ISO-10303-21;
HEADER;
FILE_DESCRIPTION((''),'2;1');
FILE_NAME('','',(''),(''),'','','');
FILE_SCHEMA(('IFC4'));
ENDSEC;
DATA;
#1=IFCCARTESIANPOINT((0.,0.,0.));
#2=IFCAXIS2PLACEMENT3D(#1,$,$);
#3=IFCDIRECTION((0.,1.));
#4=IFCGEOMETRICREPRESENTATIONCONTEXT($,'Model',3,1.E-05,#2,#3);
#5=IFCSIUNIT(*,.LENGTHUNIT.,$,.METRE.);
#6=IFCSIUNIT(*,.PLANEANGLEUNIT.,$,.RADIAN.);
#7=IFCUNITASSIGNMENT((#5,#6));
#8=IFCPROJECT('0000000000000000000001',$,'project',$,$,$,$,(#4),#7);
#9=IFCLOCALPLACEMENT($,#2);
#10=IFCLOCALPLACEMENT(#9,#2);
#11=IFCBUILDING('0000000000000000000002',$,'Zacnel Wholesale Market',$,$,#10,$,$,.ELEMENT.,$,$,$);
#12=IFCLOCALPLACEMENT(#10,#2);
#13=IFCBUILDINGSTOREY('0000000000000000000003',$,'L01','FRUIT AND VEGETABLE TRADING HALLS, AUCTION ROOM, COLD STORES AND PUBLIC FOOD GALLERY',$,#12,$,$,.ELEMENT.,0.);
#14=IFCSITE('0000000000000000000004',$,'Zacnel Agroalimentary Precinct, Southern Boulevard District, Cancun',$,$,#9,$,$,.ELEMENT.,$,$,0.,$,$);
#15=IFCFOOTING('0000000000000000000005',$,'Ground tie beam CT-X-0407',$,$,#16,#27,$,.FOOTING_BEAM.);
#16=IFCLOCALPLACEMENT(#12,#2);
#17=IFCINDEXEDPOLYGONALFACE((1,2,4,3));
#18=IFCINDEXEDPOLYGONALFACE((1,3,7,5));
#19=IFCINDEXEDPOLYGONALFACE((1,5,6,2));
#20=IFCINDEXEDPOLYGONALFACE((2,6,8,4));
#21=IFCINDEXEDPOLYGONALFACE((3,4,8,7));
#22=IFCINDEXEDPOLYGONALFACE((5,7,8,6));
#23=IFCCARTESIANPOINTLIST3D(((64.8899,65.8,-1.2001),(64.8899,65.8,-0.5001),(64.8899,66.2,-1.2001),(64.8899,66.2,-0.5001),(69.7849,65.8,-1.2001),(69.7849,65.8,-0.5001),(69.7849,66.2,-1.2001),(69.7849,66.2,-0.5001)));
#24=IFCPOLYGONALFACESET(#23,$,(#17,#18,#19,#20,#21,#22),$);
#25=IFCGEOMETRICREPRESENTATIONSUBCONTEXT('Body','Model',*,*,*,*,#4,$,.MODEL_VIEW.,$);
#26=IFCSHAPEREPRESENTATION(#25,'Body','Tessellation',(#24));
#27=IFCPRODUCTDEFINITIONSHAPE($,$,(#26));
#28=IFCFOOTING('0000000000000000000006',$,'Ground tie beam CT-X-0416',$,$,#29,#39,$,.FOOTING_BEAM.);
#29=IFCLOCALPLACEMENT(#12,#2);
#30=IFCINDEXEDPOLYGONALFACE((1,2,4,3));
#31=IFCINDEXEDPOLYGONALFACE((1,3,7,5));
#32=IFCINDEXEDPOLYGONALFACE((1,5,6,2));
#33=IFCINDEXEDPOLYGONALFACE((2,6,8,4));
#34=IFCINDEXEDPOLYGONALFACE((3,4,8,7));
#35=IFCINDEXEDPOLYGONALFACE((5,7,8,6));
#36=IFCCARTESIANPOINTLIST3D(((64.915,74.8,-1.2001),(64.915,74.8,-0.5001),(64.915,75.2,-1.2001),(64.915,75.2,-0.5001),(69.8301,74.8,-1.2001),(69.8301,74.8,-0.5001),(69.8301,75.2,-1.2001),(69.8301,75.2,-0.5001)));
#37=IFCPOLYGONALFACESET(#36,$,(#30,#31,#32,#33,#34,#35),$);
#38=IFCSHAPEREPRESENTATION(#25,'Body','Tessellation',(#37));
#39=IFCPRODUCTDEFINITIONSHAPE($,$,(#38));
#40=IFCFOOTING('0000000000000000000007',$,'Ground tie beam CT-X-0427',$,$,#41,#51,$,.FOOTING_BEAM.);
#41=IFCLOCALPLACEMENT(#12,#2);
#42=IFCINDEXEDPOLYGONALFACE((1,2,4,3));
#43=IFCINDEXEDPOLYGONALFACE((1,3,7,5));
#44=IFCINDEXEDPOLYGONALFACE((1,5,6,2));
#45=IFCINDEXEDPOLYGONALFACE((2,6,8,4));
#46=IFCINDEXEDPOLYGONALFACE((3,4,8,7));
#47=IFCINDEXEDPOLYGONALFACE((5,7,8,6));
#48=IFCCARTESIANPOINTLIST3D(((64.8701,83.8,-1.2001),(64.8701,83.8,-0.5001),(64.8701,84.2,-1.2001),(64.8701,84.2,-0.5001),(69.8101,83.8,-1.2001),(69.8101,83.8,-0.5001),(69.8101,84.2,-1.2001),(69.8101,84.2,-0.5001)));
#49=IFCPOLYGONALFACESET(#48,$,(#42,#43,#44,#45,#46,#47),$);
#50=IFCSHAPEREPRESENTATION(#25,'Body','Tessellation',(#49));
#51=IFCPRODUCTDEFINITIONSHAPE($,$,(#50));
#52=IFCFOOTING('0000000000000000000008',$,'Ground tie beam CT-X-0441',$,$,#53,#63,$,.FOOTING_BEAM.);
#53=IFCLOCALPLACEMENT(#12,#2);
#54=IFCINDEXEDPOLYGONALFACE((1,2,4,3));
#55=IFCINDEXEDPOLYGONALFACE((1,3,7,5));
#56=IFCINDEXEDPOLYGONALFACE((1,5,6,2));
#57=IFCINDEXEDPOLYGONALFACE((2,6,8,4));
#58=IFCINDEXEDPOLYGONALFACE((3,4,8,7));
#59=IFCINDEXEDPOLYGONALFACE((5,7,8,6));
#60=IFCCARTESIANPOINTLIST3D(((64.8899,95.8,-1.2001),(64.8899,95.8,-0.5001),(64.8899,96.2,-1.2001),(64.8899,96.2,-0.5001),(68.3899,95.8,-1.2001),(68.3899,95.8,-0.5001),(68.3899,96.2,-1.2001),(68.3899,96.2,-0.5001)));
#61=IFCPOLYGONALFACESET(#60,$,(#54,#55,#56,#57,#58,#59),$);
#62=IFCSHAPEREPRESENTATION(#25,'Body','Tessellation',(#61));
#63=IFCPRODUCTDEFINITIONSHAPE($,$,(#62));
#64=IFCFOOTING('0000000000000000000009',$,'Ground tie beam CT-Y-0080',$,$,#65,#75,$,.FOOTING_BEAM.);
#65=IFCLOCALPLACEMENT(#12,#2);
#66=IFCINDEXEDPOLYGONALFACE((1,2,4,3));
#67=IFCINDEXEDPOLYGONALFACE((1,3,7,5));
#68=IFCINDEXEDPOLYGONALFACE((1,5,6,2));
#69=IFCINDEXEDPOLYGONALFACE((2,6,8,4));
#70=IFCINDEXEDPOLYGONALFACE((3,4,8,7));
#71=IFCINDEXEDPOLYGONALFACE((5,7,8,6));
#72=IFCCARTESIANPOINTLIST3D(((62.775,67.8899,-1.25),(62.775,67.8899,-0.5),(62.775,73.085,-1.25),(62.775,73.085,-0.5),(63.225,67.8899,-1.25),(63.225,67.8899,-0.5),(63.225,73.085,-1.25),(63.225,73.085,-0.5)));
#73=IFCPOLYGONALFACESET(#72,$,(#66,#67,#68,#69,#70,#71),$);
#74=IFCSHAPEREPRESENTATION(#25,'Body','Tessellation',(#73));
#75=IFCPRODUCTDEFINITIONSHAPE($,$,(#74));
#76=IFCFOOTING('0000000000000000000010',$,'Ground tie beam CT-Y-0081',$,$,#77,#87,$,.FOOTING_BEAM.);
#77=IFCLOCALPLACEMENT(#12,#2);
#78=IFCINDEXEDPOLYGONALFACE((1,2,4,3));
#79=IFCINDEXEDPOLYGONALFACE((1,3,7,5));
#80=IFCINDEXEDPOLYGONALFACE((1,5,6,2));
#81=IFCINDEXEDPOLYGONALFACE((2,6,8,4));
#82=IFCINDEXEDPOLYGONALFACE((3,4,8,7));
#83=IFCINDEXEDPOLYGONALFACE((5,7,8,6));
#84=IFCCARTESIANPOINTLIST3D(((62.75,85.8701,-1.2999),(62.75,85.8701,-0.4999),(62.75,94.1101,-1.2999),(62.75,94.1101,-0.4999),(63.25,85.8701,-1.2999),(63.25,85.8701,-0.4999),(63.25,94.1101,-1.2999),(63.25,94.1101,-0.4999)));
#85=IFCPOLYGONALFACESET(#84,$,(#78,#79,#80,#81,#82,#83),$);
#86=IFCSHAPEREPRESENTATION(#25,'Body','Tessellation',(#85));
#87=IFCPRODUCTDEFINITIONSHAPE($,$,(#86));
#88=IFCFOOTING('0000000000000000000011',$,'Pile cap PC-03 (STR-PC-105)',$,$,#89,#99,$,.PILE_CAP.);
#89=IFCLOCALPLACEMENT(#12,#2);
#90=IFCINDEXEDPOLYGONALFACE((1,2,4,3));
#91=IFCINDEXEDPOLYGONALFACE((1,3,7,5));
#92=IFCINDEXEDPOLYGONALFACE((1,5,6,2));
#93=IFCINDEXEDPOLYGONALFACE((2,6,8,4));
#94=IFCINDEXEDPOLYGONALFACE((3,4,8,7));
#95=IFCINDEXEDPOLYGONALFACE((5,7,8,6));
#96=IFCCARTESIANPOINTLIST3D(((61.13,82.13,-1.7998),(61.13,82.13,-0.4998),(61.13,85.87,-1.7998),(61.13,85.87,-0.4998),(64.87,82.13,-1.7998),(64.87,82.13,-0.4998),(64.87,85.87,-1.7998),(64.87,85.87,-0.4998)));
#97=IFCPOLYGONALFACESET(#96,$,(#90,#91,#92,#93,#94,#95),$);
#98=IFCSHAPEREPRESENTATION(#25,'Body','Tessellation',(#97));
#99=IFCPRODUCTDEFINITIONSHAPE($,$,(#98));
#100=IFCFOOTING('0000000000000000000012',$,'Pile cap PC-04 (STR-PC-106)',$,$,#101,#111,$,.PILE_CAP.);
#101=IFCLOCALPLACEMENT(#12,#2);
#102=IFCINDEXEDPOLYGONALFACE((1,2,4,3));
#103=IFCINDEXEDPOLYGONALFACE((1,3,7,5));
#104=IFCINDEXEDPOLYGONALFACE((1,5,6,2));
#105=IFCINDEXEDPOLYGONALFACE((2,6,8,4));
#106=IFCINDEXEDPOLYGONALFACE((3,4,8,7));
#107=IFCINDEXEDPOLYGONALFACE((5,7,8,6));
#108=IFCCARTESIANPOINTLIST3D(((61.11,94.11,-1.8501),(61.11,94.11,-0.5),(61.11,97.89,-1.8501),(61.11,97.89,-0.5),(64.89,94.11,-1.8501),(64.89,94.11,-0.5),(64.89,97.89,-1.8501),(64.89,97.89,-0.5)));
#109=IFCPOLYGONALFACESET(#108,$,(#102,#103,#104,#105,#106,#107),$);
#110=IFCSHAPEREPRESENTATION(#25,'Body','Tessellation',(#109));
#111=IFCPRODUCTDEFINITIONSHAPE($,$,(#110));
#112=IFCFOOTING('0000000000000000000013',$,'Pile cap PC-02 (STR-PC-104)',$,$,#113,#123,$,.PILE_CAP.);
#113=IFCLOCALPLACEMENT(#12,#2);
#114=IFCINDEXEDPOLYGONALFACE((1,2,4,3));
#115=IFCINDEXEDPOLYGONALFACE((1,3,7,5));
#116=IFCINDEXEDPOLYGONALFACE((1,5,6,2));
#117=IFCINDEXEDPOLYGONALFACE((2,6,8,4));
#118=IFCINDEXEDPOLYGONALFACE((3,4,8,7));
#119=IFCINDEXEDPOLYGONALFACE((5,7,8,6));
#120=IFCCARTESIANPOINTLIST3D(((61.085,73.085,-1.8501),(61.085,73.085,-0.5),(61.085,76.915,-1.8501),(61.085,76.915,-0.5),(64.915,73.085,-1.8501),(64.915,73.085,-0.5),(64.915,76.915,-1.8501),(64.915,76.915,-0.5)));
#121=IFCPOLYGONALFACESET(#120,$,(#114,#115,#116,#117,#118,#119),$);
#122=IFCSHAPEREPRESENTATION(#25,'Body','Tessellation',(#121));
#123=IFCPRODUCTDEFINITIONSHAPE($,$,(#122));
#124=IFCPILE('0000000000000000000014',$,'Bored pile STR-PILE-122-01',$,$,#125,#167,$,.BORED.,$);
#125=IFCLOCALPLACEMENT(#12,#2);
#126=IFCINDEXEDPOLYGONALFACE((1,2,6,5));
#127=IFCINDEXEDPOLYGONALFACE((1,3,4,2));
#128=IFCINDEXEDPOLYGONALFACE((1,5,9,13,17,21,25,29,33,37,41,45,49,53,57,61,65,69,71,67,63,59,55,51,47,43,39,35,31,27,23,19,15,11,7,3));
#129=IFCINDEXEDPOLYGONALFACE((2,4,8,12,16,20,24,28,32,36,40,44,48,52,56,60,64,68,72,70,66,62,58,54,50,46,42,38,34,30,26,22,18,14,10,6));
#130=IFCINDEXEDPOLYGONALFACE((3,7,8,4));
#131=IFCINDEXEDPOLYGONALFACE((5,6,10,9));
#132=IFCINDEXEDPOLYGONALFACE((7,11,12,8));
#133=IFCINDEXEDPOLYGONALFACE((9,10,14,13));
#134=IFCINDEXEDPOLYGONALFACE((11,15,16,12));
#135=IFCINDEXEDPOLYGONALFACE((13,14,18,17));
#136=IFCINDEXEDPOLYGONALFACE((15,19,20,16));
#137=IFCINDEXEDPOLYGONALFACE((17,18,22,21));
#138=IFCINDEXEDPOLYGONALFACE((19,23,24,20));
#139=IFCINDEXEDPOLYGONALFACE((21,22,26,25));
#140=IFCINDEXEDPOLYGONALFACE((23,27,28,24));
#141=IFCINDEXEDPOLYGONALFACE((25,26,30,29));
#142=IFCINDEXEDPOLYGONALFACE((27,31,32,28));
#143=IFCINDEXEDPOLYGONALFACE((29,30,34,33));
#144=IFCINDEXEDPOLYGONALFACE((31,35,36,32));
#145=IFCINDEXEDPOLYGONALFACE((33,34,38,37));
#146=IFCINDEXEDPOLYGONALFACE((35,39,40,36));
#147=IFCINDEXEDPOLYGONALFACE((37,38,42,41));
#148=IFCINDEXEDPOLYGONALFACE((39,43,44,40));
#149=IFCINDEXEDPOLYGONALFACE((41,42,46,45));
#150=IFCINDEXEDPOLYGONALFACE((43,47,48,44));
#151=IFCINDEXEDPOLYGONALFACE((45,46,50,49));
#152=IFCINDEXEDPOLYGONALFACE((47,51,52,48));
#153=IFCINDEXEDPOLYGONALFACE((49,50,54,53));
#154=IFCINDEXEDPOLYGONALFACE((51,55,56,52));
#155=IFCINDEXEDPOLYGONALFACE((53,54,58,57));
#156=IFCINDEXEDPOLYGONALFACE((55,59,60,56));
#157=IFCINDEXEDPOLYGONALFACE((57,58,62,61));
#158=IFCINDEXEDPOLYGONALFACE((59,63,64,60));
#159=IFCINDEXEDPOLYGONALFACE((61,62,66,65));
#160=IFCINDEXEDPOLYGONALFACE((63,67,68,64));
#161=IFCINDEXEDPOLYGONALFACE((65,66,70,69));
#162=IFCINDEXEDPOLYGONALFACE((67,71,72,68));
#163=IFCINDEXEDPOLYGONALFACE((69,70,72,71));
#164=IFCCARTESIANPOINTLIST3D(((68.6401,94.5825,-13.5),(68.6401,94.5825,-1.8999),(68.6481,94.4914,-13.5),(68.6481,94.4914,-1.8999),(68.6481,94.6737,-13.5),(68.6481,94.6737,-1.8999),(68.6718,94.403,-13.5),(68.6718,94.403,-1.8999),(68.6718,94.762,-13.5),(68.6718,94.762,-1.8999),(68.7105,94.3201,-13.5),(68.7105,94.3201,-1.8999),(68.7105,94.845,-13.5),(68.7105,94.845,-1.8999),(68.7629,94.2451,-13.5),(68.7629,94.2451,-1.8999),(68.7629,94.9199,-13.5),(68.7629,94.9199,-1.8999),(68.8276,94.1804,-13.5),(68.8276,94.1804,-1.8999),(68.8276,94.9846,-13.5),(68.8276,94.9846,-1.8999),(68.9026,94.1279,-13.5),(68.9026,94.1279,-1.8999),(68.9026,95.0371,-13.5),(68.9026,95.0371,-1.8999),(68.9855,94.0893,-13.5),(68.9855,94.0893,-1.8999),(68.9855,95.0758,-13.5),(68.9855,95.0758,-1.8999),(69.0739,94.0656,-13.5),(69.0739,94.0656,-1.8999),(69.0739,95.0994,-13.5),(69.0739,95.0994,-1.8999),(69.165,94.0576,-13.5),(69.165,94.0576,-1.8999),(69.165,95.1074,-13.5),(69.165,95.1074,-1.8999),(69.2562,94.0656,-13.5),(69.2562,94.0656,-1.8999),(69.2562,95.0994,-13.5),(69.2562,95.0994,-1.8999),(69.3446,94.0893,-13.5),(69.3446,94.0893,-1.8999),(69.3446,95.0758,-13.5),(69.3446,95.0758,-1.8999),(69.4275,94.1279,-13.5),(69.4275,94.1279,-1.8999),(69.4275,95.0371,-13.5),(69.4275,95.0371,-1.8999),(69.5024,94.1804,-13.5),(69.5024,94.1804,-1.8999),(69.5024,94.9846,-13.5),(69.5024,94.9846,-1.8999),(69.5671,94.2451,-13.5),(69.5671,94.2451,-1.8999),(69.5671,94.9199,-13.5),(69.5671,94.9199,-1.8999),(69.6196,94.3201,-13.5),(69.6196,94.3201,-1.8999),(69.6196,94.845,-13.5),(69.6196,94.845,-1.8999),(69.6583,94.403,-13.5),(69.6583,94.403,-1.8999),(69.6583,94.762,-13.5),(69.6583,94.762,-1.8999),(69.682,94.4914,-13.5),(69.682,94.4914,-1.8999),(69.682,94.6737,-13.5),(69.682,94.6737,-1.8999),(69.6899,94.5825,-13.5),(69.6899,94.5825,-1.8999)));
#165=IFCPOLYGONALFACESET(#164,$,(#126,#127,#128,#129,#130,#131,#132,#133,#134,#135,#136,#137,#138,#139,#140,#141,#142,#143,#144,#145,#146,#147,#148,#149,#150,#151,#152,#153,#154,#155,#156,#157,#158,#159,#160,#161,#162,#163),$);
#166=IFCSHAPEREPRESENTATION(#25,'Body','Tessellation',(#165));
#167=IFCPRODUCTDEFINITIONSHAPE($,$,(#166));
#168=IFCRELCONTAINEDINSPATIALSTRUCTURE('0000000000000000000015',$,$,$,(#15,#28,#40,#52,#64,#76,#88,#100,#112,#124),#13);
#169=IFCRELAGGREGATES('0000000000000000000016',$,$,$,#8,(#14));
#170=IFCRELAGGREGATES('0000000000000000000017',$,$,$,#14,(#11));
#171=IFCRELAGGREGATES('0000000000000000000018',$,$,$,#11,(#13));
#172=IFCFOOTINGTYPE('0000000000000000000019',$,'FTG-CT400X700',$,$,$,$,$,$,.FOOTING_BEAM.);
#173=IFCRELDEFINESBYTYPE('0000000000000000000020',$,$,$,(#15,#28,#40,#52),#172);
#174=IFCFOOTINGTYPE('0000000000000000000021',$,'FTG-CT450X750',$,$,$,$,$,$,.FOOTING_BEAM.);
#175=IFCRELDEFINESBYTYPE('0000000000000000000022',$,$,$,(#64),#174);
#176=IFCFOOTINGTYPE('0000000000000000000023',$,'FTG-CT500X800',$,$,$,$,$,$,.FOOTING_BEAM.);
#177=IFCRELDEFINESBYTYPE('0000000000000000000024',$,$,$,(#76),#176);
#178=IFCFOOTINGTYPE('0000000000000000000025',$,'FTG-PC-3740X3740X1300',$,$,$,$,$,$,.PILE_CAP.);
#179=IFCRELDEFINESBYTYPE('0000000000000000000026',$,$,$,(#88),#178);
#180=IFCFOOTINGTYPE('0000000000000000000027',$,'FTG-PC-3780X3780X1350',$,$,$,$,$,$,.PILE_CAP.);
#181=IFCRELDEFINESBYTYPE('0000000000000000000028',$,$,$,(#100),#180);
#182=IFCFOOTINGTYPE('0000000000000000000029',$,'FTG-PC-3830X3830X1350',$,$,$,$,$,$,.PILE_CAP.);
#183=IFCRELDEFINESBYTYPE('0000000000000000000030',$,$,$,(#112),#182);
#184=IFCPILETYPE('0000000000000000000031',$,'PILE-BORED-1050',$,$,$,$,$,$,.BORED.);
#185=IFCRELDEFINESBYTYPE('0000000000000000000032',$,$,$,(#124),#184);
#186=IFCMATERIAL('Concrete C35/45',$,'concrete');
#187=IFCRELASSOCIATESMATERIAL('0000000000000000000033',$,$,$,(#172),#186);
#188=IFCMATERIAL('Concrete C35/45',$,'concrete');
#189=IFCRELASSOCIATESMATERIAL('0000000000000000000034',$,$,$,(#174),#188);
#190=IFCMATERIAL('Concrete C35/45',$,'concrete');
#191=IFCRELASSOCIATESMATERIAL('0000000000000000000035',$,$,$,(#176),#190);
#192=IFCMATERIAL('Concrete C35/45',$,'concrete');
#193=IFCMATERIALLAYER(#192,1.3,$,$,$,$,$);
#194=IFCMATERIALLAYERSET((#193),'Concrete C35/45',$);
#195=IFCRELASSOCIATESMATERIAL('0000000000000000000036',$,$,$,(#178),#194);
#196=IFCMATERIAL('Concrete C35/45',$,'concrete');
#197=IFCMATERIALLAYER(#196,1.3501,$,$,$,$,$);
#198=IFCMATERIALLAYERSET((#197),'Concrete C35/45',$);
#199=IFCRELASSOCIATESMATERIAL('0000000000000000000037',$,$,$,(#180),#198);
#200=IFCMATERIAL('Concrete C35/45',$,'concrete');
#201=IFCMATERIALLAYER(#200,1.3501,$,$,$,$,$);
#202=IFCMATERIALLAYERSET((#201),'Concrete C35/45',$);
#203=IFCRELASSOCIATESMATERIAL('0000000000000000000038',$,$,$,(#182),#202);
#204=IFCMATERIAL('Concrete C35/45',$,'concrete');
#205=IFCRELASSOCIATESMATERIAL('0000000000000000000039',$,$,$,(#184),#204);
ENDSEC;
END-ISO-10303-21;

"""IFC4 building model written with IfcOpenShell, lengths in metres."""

from ifc_helpers import new_model, si_unit, direction, frame, origin, origin_2d, place, context, subcontext, project, spatial, rectangle, circle, extrude, material, layer, layer_set, material_profile, profile_set, type_object, element, save


model = new_model("IFC4")

# Units and contexts
model_context = context("Model", 3, precision=1e-05, world=origin(), true_north=direction((0.0, 1.0)))
body_context = subcontext(model_context, "Body", "Model", "MODEL_VIEW")
ifc_project = project(units=[si_unit("LENGTHUNIT", "METRE"), si_unit("PLANEANGLEUNIT", "RADIAN")], contexts=[model_context])

# Site, building, storey
site_placement = place(None, origin())
site = spatial("IfcSite", under=ifc_project, at=site_placement, Name="Zacnel Agroalimentary Precinct, Southern Boulevard District, Cancun", CompositionType="ELEMENT", RefElevation=0.0)
building_placement = place(site_placement, origin())
building = spatial("IfcBuilding", under=site, at=building_placement, Name="Zacnel Wholesale Market", CompositionType="ELEMENT")
storey_placement = place(building_placement, origin())
storey = spatial("IfcBuildingStorey", under=building, at=storey_placement, Name="L01", Description="FRUIT AND VEGETABLE TRADING HALLS, AUCTION ROOM, COLD STORES AND PUBLIC FOOD GALLERY", CompositionType="ELEMENT", Elevation=0.0)

# Footings
ifc_material_1 = material(Name="Concrete C35/45", Category="concrete")
ifc_material_profile_1 = material_profile(ifc_material_1, rectangle(XDim=0.3999, YDim=0.7, at=origin_2d()), Name="CT 400x700")
ifc_profile_set_1 = profile_set([ifc_material_profile_1], Name="Concrete C35/45")
footing_type_1 = type_object("IfcFootingType", Name="FTG-CT400X700", PredefinedType="FOOTING_BEAM", material=ifc_profile_set_1)
footing_1_placement = place(storey_placement, frame((64.8899, 66.0, -0.8501), z_axis=(1.0, 0.0, 0.0), x_axis=(0.0, 1.0, 0.0)))
element("IfcFooting", 1, at=footing_1_placement, inside=storey, type_object=footing_type_1, Name="Ground tie beam CT-X-0407", PredefinedType="FOOTING_BEAM", context=body_context, shape_type="SweptSolid", body=[
    extrude(rectangle(XDim=0.3999, YDim=0.7, at=origin_2d()), origin(), (0.0, 0.0, 1.0), 4.895),
])
footing_2_placement = place(storey_placement, frame((64.915, 75.0, -0.8501), z_axis=(1.0, 0.0, 0.0), x_axis=(0.0, 1.0, 0.0)))
element("IfcFooting", 2, at=footing_2_placement, inside=storey, type_object=footing_type_1, Name="Ground tie beam CT-X-0416", PredefinedType="FOOTING_BEAM", context=body_context, shape_type="SweptSolid", body=[
    extrude(rectangle(XDim=0.3999, YDim=0.7, at=origin_2d()), origin(), (0.0, 0.0, 1.0), 4.915),
])
footing_3_placement = place(storey_placement, frame((64.8701, 84.0, -0.8501), z_axis=(1.0, 0.0, 0.0), x_axis=(0.0, 1.0, 0.0)))
element("IfcFooting", 3, at=footing_3_placement, inside=storey, type_object=footing_type_1, Name="Ground tie beam CT-X-0427", PredefinedType="FOOTING_BEAM", context=body_context, shape_type="SweptSolid", body=[
    extrude(rectangle(XDim=0.3999, YDim=0.7, at=origin_2d()), origin(), (0.0, 0.0, 1.0), 4.9399),
])
footing_4_placement = place(storey_placement, frame((64.8899, 96.0, -0.8501), z_axis=(1.0, 0.0, 0.0), x_axis=(0.0, 1.0, 0.0)))
element("IfcFooting", 4, at=footing_4_placement, inside=storey, type_object=footing_type_1, Name="Ground tie beam CT-X-0441", PredefinedType="FOOTING_BEAM", context=body_context, shape_type="SweptSolid", body=[
    extrude(rectangle(XDim=0.3999, YDim=0.7, at=origin_2d()), origin(), (0.0, 0.0, 1.0), 3.5),
])
ifc_material_2 = material(Name="Concrete C35/45", Category="concrete")
ifc_material_profile_2 = material_profile(ifc_material_2, rectangle(XDim=0.45, YDim=0.75, at=origin_2d()), Name="CT 450x750")
ifc_profile_set_2 = profile_set([ifc_material_profile_2], Name="Concrete C35/45")
footing_type_2 = type_object("IfcFootingType", Name="FTG-CT450X750", PredefinedType="FOOTING_BEAM", material=ifc_profile_set_2)
footing_5_placement = place(storey_placement, frame((63.0, 67.8899, -0.875), z_axis=(0.0, 1.0, 0.0), x_axis=(-1.0, 0.0, 0.0)))
element("IfcFooting", 5, at=footing_5_placement, inside=storey, type_object=footing_type_2, Name="Ground tie beam CT-Y-0080", PredefinedType="FOOTING_BEAM", context=body_context, shape_type="SweptSolid", body=[
    extrude(rectangle(XDim=0.45, YDim=0.75, at=origin_2d()), origin(), (0.0, 0.0, 1.0), 5.1951),
])
ifc_material_3 = material(Name="Concrete C35/45", Category="concrete")
ifc_material_profile_3 = material_profile(ifc_material_3, rectangle(XDim=0.5, YDim=0.8, at=origin_2d()), Name="CT 500x800")
ifc_profile_set_3 = profile_set([ifc_material_profile_3], Name="Concrete C35/45")
footing_type_3 = type_object("IfcFootingType", Name="FTG-CT500X800", PredefinedType="FOOTING_BEAM", material=ifc_profile_set_3)
footing_6_placement = place(storey_placement, frame((63.0, 85.8701, -0.8999), z_axis=(0.0, 1.0, 0.0), x_axis=(-1.0, 0.0, 0.0)))
element("IfcFooting", 6, at=footing_6_placement, inside=storey, type_object=footing_type_3, Name="Ground tie beam CT-Y-0081", PredefinedType="FOOTING_BEAM", context=body_context, shape_type="SweptSolid", body=[
    extrude(rectangle(XDim=0.5, YDim=0.8, at=origin_2d()), origin(), (0.0, 0.0, 1.0), 8.24),
])
ifc_material_4 = material(Name="Concrete C35/45", Category="concrete")
ifc_layer_1 = layer(ifc_material_4, 1.3)
ifc_layer_set_1 = layer_set([ifc_layer_1], Name="Concrete C35/45")
footing_type_4 = type_object("IfcFootingType", Name="FTG-PC-3740X3740X1300", PredefinedType="PILE_CAP", material=ifc_layer_set_1)
footing_7_placement = place(storey_placement, frame((63.0, 84.0, -1.7998), z_axis=(0.0, 0.0, 1.0), x_axis=(1.0, 0.0, 0.0)))
element("IfcFooting", 7, at=footing_7_placement, inside=storey, type_object=footing_type_4, Name="Pile cap PC-03 (STR-PC-105)", PredefinedType="PILE_CAP", context=body_context, shape_type="SweptSolid", body=[
    extrude(rectangle(XDim=3.74, YDim=3.74, at=origin_2d()), origin(), (0.0, 0.0, 1.0), 1.3),
])
ifc_material_5 = material(Name="Concrete C35/45", Category="concrete")
ifc_layer_2 = layer(ifc_material_5, 1.3501)
ifc_layer_set_2 = layer_set([ifc_layer_2], Name="Concrete C35/45")
footing_type_5 = type_object("IfcFootingType", Name="FTG-PC-3780X3780X1350", PredefinedType="PILE_CAP", material=ifc_layer_set_2)
footing_8_placement = place(storey_placement, frame((63.0, 96.0, -1.8501), z_axis=(0.0, 0.0, 1.0), x_axis=(1.0, 0.0, 0.0)))
element("IfcFooting", 8, at=footing_8_placement, inside=storey, type_object=footing_type_5, Name="Pile cap PC-04 (STR-PC-106)", PredefinedType="PILE_CAP", context=body_context, shape_type="SweptSolid", body=[
    extrude(rectangle(XDim=3.78, YDim=3.78, at=origin_2d()), origin(), (0.0, 0.0, 1.0), 1.3501),
])
ifc_material_6 = material(Name="Concrete C35/45", Category="concrete")
ifc_layer_3 = layer(ifc_material_6, 1.3501)
ifc_layer_set_3 = layer_set([ifc_layer_3], Name="Concrete C35/45")
footing_type_6 = type_object("IfcFootingType", Name="FTG-PC-3830X3830X1350", PredefinedType="PILE_CAP", material=ifc_layer_set_3)
footing_9_placement = place(storey_placement, frame((63.0, 75.0, -1.8501), z_axis=(0.0, 0.0, 1.0), x_axis=(1.0, 0.0, 0.0)))
element("IfcFooting", 9, at=footing_9_placement, inside=storey, type_object=footing_type_6, Name="Pile cap PC-02 (STR-PC-104)", PredefinedType="PILE_CAP", context=body_context, shape_type="SweptSolid", body=[
    extrude(rectangle(XDim=3.8301, YDim=3.8301, at=origin_2d()), origin(), (0.0, 0.0, 1.0), 1.3501),
])

# Pile
ifc_material_7 = material(Name="Concrete C35/45", Category="concrete")
ifc_material_profile_4 = material_profile(ifc_material_7, circle(Radius=0.5249, at=origin_2d()), Name="BORED PILE D1050")
ifc_profile_set_4 = profile_set([ifc_material_profile_4], Name="Concrete C35/45")
pile_type_1 = type_object("IfcPileType", Name="PILE-BORED-1050", PredefinedType="BORED", material=ifc_profile_set_4)
pile_1_placement = place(storey_placement, frame((69.165, 94.5825, -1.8999), z_axis=(0.0, 0.0, -1.0), x_axis=(1.0, 0.0, 0.0)))
element("IfcPile", 10, at=pile_1_placement, inside=storey, type_object=pile_type_1, Name="Bored pile STR-PILE-122-01", PredefinedType="BORED", context=body_context, shape_type="SweptSolid", body=[
    extrude(circle(Radius=0.5249, at=origin_2d()), origin(), (0.0, 0.0, 1.0), 11.6001),
])

save(model, "model.ifc")
